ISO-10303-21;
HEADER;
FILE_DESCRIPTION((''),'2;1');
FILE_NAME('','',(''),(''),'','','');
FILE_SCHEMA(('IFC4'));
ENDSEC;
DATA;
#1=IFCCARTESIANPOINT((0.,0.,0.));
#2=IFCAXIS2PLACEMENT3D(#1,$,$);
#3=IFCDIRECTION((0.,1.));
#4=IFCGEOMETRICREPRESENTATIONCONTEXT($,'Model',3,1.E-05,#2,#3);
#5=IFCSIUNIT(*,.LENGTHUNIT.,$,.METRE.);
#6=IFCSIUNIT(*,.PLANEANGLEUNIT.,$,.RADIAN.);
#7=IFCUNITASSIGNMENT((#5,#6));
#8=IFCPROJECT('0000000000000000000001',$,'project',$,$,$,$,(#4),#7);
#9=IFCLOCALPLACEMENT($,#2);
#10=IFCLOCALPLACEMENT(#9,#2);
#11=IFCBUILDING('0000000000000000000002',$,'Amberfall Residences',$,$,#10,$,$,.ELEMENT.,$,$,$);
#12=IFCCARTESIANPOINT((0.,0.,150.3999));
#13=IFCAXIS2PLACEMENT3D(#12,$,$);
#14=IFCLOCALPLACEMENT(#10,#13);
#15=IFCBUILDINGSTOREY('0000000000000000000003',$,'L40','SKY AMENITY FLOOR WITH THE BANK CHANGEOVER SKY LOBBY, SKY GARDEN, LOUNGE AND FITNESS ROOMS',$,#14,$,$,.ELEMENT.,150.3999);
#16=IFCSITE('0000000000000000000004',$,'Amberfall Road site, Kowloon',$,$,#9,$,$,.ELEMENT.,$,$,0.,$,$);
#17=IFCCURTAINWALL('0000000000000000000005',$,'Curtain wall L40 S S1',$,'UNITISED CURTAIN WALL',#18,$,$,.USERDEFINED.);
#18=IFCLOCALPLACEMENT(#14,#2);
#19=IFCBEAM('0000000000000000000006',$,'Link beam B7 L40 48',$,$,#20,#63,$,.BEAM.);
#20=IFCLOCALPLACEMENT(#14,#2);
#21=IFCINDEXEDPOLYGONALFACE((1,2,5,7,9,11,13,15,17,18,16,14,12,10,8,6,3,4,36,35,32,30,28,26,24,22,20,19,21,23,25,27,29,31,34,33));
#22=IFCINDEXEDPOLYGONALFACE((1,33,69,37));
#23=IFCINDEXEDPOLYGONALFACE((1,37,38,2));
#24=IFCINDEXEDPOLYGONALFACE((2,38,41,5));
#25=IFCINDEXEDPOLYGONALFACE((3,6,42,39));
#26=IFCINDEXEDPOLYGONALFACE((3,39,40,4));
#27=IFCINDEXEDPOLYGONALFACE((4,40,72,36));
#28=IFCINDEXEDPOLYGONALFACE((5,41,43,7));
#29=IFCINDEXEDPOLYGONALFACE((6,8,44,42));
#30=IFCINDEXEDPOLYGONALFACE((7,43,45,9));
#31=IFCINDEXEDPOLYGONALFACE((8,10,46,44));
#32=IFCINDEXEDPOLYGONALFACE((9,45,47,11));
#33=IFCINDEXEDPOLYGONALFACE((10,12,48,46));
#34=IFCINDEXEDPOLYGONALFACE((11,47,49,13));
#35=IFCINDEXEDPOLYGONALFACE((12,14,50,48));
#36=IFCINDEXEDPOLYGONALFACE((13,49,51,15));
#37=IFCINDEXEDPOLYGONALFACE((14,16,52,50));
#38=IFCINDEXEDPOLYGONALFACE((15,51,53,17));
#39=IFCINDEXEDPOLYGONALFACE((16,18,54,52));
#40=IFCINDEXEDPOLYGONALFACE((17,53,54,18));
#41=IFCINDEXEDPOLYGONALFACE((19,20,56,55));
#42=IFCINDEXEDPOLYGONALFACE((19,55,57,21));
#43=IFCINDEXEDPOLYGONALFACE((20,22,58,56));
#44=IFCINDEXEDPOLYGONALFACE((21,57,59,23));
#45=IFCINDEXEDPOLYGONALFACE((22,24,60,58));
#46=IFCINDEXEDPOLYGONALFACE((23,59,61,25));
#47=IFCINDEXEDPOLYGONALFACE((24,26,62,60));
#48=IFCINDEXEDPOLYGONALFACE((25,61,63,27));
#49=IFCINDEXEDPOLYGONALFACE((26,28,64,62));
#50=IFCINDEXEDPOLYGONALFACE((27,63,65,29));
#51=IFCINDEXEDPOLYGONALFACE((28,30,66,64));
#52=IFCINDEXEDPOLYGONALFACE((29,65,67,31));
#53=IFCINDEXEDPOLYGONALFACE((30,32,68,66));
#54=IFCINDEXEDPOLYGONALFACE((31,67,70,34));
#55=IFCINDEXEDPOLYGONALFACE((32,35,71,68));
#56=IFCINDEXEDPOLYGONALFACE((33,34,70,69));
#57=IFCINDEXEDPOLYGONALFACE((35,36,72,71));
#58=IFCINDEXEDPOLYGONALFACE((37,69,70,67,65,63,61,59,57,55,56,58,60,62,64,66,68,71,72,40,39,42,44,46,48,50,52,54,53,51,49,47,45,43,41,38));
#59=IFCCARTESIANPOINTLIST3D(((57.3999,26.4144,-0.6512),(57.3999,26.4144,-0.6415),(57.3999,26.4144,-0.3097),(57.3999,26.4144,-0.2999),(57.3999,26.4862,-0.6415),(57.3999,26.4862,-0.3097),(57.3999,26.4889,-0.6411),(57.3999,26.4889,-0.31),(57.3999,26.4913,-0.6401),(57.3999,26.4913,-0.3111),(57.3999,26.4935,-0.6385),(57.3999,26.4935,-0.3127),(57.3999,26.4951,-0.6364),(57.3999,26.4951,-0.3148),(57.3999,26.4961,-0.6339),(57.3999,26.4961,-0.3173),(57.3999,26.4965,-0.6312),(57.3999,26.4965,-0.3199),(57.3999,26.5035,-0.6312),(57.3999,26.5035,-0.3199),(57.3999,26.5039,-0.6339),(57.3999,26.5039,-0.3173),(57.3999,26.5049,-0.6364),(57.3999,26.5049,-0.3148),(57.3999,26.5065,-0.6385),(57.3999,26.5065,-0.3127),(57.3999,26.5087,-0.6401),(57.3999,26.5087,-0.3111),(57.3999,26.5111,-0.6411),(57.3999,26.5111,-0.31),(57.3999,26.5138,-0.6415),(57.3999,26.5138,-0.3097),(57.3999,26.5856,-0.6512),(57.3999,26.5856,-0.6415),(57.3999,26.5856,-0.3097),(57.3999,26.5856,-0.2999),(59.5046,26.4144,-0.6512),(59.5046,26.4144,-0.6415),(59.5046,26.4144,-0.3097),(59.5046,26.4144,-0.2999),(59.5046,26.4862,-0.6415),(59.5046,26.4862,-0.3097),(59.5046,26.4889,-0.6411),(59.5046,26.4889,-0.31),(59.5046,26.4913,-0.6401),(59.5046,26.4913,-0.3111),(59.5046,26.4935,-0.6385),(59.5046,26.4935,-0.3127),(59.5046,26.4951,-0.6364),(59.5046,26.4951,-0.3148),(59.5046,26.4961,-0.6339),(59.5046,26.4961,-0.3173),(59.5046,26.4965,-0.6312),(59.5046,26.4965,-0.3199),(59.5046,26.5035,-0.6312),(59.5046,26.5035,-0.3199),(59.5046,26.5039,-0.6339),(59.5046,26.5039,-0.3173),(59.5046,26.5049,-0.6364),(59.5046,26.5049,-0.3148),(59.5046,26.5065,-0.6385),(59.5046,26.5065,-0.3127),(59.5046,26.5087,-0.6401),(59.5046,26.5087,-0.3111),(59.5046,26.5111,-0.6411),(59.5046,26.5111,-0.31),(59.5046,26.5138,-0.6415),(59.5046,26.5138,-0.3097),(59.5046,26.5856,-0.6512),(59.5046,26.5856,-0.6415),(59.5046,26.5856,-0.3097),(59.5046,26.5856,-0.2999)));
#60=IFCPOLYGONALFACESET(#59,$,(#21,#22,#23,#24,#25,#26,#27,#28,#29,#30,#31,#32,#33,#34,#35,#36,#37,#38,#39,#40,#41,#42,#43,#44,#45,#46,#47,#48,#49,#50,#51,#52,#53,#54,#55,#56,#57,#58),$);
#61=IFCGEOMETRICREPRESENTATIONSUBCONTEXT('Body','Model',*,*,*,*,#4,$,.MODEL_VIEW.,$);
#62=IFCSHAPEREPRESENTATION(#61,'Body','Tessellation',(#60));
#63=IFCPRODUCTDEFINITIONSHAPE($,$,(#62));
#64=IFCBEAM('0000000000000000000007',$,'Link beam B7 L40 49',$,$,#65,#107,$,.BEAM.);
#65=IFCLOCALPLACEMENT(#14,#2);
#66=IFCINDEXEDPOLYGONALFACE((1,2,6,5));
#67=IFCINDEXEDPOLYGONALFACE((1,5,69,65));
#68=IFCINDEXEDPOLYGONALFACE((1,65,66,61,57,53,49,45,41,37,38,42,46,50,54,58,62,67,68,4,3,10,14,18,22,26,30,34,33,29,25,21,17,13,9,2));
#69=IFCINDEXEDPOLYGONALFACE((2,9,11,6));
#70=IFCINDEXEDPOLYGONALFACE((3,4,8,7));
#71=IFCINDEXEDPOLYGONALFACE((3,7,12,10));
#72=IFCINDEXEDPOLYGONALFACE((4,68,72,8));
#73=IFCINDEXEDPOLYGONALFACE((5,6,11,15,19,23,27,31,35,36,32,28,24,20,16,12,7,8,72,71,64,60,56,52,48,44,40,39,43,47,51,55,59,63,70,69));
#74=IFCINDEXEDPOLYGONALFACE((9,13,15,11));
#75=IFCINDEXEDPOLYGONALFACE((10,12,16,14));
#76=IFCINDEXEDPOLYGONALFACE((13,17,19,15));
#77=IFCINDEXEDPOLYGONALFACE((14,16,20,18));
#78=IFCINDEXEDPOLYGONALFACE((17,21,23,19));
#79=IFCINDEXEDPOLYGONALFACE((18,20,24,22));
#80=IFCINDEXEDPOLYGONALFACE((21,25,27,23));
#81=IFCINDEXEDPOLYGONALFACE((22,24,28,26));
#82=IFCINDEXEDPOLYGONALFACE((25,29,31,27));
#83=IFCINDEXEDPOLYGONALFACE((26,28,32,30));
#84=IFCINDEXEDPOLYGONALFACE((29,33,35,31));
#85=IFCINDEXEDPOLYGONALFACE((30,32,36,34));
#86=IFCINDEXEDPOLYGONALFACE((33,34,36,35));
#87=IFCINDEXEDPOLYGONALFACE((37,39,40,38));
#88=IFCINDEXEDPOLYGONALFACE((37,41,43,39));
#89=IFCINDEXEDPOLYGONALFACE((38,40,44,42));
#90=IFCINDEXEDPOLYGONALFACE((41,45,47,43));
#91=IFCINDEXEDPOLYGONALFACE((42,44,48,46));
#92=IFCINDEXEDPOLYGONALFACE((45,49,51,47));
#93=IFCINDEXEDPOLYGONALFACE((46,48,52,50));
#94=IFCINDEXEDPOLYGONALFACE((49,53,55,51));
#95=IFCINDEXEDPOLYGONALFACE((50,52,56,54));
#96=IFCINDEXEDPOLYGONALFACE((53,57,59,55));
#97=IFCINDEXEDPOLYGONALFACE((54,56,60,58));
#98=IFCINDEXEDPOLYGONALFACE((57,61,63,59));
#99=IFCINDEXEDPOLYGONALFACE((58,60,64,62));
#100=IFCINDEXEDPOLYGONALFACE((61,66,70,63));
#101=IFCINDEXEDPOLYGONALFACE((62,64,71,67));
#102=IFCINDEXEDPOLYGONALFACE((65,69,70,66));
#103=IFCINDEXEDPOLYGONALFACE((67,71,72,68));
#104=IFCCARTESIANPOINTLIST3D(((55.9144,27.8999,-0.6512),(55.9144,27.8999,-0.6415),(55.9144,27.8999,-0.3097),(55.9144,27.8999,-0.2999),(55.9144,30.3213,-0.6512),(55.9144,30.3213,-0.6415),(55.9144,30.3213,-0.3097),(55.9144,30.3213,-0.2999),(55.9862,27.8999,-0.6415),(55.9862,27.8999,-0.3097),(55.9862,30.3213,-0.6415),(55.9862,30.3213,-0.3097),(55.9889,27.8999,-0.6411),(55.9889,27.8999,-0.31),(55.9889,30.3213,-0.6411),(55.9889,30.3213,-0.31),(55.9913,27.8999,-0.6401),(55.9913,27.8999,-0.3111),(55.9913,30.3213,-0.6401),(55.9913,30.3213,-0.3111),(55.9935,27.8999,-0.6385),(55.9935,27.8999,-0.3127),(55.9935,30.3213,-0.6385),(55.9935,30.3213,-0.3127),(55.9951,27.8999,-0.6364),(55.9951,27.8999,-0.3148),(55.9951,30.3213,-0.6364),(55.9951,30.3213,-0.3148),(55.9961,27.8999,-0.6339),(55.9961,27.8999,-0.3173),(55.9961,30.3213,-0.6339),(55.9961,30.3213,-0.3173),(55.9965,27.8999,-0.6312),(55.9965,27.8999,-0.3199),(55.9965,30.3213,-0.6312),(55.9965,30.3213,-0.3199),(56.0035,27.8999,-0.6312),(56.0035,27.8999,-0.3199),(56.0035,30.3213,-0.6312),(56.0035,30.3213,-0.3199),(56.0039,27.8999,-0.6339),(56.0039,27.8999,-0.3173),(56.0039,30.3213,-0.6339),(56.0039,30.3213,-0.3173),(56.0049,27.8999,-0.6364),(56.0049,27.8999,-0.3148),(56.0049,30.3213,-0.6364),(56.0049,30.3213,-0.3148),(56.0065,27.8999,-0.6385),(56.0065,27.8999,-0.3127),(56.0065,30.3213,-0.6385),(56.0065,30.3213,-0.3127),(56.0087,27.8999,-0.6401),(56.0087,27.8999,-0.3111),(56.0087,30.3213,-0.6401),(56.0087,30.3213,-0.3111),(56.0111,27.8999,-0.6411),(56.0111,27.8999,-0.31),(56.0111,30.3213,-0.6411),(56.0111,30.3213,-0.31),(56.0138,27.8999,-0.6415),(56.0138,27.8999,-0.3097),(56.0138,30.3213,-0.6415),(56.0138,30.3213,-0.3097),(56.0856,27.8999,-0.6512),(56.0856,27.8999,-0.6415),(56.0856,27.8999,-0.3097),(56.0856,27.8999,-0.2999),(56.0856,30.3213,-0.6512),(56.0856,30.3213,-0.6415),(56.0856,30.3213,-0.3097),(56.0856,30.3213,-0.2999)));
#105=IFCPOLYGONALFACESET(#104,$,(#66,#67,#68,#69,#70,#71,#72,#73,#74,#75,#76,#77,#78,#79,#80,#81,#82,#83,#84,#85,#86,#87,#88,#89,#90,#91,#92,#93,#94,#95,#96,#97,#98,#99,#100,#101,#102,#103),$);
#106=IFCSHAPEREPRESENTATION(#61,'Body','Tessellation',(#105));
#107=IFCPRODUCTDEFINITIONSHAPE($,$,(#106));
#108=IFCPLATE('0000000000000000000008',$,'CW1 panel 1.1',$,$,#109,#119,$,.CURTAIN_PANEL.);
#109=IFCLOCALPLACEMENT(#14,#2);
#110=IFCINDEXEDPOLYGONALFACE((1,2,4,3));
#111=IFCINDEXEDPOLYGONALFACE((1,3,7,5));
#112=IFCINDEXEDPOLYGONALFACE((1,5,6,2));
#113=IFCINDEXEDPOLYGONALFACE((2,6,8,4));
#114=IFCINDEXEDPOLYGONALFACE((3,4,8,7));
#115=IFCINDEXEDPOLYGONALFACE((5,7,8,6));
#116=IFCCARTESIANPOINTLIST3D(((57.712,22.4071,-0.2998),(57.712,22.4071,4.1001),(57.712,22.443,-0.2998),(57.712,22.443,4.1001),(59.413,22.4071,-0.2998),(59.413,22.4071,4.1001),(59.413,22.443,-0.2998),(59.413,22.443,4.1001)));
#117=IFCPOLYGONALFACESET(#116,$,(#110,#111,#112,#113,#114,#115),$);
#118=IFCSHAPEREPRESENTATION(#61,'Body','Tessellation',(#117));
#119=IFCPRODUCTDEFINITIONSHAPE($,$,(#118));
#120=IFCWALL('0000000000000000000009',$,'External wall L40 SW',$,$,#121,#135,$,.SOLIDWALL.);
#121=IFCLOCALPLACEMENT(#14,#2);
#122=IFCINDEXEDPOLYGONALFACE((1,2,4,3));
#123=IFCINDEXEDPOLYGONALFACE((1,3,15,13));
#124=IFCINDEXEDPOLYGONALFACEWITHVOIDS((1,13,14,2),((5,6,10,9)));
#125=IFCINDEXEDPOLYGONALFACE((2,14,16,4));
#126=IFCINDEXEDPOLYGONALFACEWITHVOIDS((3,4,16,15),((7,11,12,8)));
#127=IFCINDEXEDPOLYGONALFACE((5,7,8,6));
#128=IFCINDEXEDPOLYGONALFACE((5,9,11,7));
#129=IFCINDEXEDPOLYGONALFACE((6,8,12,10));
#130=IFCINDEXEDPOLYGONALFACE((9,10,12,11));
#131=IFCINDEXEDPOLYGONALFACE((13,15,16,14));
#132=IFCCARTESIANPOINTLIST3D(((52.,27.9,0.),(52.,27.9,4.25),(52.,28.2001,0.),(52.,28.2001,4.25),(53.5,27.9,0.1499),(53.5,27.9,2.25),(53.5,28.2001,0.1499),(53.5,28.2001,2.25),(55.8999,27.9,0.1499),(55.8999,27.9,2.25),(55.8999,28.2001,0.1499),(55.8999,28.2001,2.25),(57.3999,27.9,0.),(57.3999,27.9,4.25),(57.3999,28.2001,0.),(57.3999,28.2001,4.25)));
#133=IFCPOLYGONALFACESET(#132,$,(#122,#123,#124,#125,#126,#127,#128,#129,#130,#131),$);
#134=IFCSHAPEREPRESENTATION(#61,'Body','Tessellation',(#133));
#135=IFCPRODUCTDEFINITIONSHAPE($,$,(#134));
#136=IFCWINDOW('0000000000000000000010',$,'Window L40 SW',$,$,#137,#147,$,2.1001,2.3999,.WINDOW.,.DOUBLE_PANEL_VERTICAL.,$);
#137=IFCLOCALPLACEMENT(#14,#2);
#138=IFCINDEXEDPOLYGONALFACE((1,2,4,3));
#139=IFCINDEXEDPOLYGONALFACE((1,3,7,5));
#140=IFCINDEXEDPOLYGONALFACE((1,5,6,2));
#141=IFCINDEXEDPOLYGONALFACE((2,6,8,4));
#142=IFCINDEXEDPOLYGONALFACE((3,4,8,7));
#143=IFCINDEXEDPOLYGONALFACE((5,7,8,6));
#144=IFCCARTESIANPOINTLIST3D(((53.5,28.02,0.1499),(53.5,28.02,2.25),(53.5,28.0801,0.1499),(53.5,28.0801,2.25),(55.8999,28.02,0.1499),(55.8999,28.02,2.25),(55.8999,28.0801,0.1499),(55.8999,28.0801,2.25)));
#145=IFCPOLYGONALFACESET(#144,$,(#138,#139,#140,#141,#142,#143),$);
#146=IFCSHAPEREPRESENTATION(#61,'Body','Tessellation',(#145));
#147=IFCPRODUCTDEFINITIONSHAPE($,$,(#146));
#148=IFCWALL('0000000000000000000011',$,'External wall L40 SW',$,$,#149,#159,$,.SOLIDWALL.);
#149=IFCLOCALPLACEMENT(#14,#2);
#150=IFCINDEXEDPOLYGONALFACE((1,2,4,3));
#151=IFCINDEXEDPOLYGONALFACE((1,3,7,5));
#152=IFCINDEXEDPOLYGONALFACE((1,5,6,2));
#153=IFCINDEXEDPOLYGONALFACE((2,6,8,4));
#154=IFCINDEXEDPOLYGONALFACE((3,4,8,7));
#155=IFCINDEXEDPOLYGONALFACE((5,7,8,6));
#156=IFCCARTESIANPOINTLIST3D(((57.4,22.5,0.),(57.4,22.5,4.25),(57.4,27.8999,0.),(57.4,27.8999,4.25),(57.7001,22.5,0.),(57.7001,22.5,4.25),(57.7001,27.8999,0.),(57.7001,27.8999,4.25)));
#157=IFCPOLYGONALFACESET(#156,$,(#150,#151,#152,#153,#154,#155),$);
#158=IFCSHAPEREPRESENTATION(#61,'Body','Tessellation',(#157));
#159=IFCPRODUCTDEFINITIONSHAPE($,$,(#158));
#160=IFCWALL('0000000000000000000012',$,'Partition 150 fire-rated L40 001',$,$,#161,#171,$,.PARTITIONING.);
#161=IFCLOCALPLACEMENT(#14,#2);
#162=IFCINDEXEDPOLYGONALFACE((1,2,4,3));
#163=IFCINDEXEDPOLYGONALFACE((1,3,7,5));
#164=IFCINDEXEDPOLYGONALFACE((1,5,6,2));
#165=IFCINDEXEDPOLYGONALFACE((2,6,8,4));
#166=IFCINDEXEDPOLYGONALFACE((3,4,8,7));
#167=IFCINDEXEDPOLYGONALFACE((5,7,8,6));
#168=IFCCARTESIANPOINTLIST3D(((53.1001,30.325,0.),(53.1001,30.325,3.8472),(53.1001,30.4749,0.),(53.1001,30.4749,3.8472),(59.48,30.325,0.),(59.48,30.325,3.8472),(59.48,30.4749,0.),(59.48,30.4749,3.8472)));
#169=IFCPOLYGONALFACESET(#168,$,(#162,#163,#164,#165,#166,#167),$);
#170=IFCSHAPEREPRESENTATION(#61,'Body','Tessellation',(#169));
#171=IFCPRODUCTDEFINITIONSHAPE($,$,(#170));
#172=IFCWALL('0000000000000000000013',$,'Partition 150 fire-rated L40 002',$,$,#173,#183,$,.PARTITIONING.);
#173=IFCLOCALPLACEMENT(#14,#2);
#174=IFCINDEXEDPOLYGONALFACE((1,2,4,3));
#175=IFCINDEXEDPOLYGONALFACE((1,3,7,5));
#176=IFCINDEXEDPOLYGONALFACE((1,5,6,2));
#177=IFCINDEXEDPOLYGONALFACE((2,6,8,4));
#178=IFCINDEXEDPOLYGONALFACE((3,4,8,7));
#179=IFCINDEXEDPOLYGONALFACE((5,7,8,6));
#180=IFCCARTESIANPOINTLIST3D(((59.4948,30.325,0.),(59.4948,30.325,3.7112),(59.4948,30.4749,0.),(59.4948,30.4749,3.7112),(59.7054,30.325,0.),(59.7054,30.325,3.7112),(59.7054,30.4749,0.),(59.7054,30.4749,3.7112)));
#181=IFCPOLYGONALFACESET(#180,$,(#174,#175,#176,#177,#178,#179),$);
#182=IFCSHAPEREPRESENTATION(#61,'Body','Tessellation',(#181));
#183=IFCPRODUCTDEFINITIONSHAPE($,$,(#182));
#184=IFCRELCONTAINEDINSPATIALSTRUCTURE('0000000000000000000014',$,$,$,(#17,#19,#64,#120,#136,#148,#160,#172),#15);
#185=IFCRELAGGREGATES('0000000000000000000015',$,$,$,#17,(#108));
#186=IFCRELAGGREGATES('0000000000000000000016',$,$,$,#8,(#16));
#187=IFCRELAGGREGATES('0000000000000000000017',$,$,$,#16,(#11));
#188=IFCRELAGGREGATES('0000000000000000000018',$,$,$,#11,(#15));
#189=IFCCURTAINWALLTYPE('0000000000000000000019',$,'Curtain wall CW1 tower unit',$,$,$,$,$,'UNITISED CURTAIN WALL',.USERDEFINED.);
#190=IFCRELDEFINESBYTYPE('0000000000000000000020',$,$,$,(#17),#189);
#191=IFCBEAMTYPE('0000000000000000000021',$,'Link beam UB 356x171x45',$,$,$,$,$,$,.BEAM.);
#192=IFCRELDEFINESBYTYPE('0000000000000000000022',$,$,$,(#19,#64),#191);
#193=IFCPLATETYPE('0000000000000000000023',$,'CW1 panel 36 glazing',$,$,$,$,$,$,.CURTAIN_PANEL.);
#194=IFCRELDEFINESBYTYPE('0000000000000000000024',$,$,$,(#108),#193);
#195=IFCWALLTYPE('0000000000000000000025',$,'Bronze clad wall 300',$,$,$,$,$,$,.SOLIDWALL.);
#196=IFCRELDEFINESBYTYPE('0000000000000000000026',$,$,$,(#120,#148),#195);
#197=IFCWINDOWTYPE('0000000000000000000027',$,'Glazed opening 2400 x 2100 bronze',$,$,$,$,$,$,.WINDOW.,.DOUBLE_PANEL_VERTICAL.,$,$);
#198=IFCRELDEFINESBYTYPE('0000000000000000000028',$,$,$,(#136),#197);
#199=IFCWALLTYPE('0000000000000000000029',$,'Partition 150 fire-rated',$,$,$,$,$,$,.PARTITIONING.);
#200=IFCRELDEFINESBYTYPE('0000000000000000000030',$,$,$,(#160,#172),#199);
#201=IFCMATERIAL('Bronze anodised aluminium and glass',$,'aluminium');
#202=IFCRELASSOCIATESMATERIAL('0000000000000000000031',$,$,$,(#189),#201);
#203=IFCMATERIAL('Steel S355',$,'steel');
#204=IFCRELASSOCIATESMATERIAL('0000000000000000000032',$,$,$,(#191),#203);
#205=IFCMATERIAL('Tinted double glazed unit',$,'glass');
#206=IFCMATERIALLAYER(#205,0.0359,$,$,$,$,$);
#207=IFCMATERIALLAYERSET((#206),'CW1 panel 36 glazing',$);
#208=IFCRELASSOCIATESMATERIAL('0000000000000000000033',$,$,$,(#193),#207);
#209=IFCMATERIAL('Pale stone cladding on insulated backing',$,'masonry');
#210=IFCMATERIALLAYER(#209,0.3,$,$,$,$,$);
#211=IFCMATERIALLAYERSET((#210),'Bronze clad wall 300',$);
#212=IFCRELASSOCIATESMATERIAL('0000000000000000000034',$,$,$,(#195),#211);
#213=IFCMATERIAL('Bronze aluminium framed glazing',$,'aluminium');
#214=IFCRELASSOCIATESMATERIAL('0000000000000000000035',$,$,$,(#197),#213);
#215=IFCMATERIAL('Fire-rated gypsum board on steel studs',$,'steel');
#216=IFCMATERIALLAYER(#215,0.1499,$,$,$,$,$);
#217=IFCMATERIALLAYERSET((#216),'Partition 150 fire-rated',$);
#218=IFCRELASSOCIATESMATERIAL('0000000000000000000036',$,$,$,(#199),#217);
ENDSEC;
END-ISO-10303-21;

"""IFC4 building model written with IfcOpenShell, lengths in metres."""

from ifc_helpers import new_model, si_unit, direction, frame, frame_2d, origin, origin_2d, place, context, subcontext, project, spatial, rectangle, i_section, extrude, material, layer, layer_set, material_profile, profile_set, type_object, element, fill, aggregate, save


model = new_model("IFC4")

# Units and contexts
model_context = context("Model", 3, precision=1e-05, world=origin(), true_north=direction((0.0, 1.0)))
body_context = subcontext(model_context, "Body", "Model", "MODEL_VIEW")
ifc_project = project(units=[si_unit("LENGTHUNIT", "METRE"), si_unit("PLANEANGLEUNIT", "RADIAN")], contexts=[model_context])

# Site, building, storey
site_placement = place(None, origin())
site = spatial("IfcSite", under=ifc_project, at=site_placement, Name="Amberfall Road site, Kowloon", CompositionType="ELEMENT", RefElevation=0.0)
building_placement = place(site_placement, origin())
building = spatial("IfcBuilding", under=site, at=building_placement, Name="Amberfall Residences", CompositionType="ELEMENT")
storey_placement = place(building_placement, frame((0.0, 0.0, 150.3999)))
storey = spatial("IfcBuildingStorey", under=building, at=storey_placement, Name="L40", Description="SKY AMENITY FLOOR WITH THE BANK CHANGEOVER SKY LOBBY, SKY GARDEN, LOUNGE AND FITNESS ROOMS", CompositionType="ELEMENT", Elevation=150.3999)

# Curtain wall
ifc_material_1 = material(Name="Bronze anodised aluminium and glass", Category="aluminium")
curtain_wall_type = type_object("IfcCurtainWallType", Name="Curtain wall CW1 tower unit", ElementType="UNITISED CURTAIN WALL", PredefinedType="USERDEFINED", material=ifc_material_1)
curtain_wall_1_placement = place(storey_placement, origin())
curtain_wall_1 = element("IfcCurtainWall", 1, at=curtain_wall_1_placement, inside=storey, type_object=curtain_wall_type, Name="Curtain wall L40 S S1", ObjectType="UNITISED CURTAIN WALL", PredefinedType="USERDEFINED")

# Shared definitions
ifc_material_2 = material(Name="Steel S355", Category="steel")

# Beams
ifc_material_profile_1 = material_profile(ifc_material_2, i_section(OverallWidth=0.1711, OverallDepth=0.3513, WebThickness=0.0071, FlangeThickness=0.0098, FilletRadius=0.0103, at=origin_2d()), Name="UB 356x171x45")
ifc_profile_set_1 = profile_set([ifc_material_profile_1], Name="Steel S355")
beam_type_1 = type_object("IfcBeamType", Name="Link beam UB 356x171x45", PredefinedType="BEAM", material=ifc_profile_set_1)
beam_1_placement = place(storey_placement, frame((57.3999, 26.5, -0.4756), z_axis=(1.0, 0.0, 0.0), x_axis=(0.0, 1.0, 0.0)))
element("IfcBeam", 2, at=beam_1_placement, inside=storey, type_object=beam_type_1, Name="Link beam B7 L40 48", PredefinedType="BEAM", context=body_context, shape_type="SweptSolid", body=[
    extrude(i_section(OverallWidth=0.1711, OverallDepth=0.3513, WebThickness=0.0071, FlangeThickness=0.0098, FilletRadius=0.0103, at=origin_2d()), origin(), (0.0, 0.0, 1.0), 2.1047),
])
beam_2_placement = place(storey_placement, frame((56.0, 27.8999, -0.4756), z_axis=(0.0, 1.0, 0.0), x_axis=(-1.0, 0.0, 0.0)))
element("IfcBeam", 3, at=beam_2_placement, inside=storey, type_object=beam_type_1, Name="Link beam B7 L40 49", PredefinedType="BEAM", context=body_context, shape_type="SweptSolid", body=[
    extrude(i_section(OverallWidth=0.1711, OverallDepth=0.3513, WebThickness=0.0071, FlangeThickness=0.0098, FilletRadius=0.0103, at=origin_2d()), origin(), (0.0, 0.0, 1.0), 2.4214),
])

# Plate
ifc_material_3 = material(Name="Tinted double glazed unit", Category="glass")
ifc_layer_1 = layer(ifc_material_3, 0.0359)
ifc_layer_set_1 = layer_set([ifc_layer_1], Name="CW1 panel 36 glazing")
plate_type = type_object("IfcPlateType", Name="CW1 panel 36 glazing", PredefinedType="CURTAIN_PANEL", material=ifc_layer_set_1)
plate_placement = place(storey_placement, frame((58.5625, 22.425, -0.2998), z_axis=(0.0, 0.0, 1.0), x_axis=(1.0, 0.0, 0.0)))
plate = element("IfcPlate", 4, at=plate_placement, type_object=plate_type, Name="CW1 panel 1.1", PredefinedType="CURTAIN_PANEL", context=body_context, shape_type="SweptSolid", body=[
    extrude(rectangle(XDim=1.7009, YDim=0.0359, at=origin_2d()), origin(), (0.0, 0.0, 1.0), 4.3999),
])
aggregate(curtain_wall_1, [plate])

# Wall, opening, window
ifc_material_4 = material(Name="Pale stone cladding on insulated backing", Category="masonry")
ifc_layer_2 = layer(ifc_material_4, 0.3)
ifc_layer_set_2 = layer_set([ifc_layer_2], Name="Bronze clad wall 300")
wall_type_1 = type_object("IfcWallType", Name="Bronze clad wall 300", PredefinedType="SOLIDWALL", material=ifc_layer_set_2)
wall_1_placement = place(storey_placement, frame((52.0, 28.05, 0.0), z_axis=(0.0, 0.0, 1.0), x_axis=(1.0, 0.0, 0.0)))
wall_1 = element("IfcWall", 5, at=wall_1_placement, inside=storey, type_object=wall_type_1, Name="External wall L40 SW", PredefinedType="SOLIDWALL", context=body_context, shape_type="SweptSolid", body=[
    extrude(rectangle(XDim=5.3999, YDim=0.3, at=frame_2d((2.7, 0.0))), origin(), (0.0, 0.0, 1.0), 4.25),
])
opening_1_placement = place(wall_1_placement, frame((1.5, 0.0, 0.1499)))
opening_1 = element("IfcOpeningElement", 6, at=opening_1_placement, cuts=wall_1, PredefinedType="OPENING", context=body_context, shape_type="SweptSolid", body=[
    extrude(rectangle(XDim=2.3999, YDim=2.1001, at=frame_2d((1.2, 1.05))), frame((0.0, 0.1599, 0.0), z_axis=(0.0, -1.0, 0.0), x_axis=(1.0, 0.0, 0.0)), (0.0, 0.0, 1.0), 0.3201),
])
ifc_material_5 = material(Name="Bronze aluminium framed glazing", Category="aluminium")
window_type = type_object("IfcWindowType", Name="Glazed opening 2400 x 2100 bronze", PartitioningType="DOUBLE_PANEL_VERTICAL", PredefinedType="WINDOW", material=ifc_material_5)
window_placement = place(opening_1_placement, origin())
window = element("IfcWindow", 7, at=window_placement, inside=storey, type_object=window_type, Name="Window L40 SW", OverallHeight=2.1001, OverallWidth=2.3999, PartitioningType="DOUBLE_PANEL_VERTICAL", PredefinedType="WINDOW", context=body_context, shape_type="SweptSolid", body=[
    extrude(rectangle(XDim=2.3999, YDim=2.1001, at=frame_2d((1.2, 1.05))), frame((0.0, 0.03, 0.0), z_axis=(0.0, -1.0, 0.0), x_axis=(1.0, 0.0, 0.0)), (0.0, 0.0, 1.0), 0.0601),
])
fill(opening_1, window)

# Walls
wall_2_placement = place(storey_placement, frame((57.55, 27.8999, 0.0), z_axis=(0.0, 0.0, 1.0), x_axis=(0.0, -1.0, 0.0)))
element("IfcWall", 8, at=wall_2_placement, inside=storey, type_object=wall_type_1, Name="External wall L40 SW", PredefinedType="SOLIDWALL", context=body_context, shape_type="SweptSolid", body=[
    extrude(rectangle(XDim=5.3999, YDim=0.3, at=frame_2d((2.7, 0.0))), origin(), (0.0, 0.0, 1.0), 4.25),
])
ifc_material_6 = material(Name="Fire-rated gypsum board on steel studs", Category="steel")
ifc_layer_3 = layer(ifc_material_6, 0.1499)
ifc_layer_set_3 = layer_set([ifc_layer_3], Name="Partition 150 fire-rated")
wall_type_2 = type_object("IfcWallType", Name="Partition 150 fire-rated", PredefinedType="PARTITIONING", material=ifc_layer_set_3)
wall_3_placement = place(storey_placement, frame((53.1001, 30.3999, 0.0), z_axis=(0.0, 0.0, 1.0), x_axis=(1.0, 0.0, 0.0)))
element("IfcWall", 9, at=wall_3_placement, inside=storey, type_object=wall_type_2, Name="Partition 150 fire-rated L40 001", PredefinedType="PARTITIONING", context=body_context, shape_type="SweptSolid", body=[
    extrude(rectangle(XDim=6.3799, YDim=0.1499, at=frame_2d((3.1899, 0.0))), origin(), (0.0, 0.0, 1.0), 3.8472),
])
wall_4_placement = place(storey_placement, frame((59.4946, 30.3999, 0.0), z_axis=(0.0, 0.0, 1.0), x_axis=(1.0, 0.0, 0.0)))
element("IfcWall", 10, at=wall_4_placement, inside=storey, type_object=wall_type_2, Name="Partition 150 fire-rated L40 002", PredefinedType="PARTITIONING", context=body_context, shape_type="SweptSolid", body=[
    extrude(rectangle(XDim=0.2107, YDim=0.1499, at=frame_2d((0.1055, 0.0))), origin(), (0.0, 0.0, 1.0), 3.7112),
])

save(model, "model.ifc")
